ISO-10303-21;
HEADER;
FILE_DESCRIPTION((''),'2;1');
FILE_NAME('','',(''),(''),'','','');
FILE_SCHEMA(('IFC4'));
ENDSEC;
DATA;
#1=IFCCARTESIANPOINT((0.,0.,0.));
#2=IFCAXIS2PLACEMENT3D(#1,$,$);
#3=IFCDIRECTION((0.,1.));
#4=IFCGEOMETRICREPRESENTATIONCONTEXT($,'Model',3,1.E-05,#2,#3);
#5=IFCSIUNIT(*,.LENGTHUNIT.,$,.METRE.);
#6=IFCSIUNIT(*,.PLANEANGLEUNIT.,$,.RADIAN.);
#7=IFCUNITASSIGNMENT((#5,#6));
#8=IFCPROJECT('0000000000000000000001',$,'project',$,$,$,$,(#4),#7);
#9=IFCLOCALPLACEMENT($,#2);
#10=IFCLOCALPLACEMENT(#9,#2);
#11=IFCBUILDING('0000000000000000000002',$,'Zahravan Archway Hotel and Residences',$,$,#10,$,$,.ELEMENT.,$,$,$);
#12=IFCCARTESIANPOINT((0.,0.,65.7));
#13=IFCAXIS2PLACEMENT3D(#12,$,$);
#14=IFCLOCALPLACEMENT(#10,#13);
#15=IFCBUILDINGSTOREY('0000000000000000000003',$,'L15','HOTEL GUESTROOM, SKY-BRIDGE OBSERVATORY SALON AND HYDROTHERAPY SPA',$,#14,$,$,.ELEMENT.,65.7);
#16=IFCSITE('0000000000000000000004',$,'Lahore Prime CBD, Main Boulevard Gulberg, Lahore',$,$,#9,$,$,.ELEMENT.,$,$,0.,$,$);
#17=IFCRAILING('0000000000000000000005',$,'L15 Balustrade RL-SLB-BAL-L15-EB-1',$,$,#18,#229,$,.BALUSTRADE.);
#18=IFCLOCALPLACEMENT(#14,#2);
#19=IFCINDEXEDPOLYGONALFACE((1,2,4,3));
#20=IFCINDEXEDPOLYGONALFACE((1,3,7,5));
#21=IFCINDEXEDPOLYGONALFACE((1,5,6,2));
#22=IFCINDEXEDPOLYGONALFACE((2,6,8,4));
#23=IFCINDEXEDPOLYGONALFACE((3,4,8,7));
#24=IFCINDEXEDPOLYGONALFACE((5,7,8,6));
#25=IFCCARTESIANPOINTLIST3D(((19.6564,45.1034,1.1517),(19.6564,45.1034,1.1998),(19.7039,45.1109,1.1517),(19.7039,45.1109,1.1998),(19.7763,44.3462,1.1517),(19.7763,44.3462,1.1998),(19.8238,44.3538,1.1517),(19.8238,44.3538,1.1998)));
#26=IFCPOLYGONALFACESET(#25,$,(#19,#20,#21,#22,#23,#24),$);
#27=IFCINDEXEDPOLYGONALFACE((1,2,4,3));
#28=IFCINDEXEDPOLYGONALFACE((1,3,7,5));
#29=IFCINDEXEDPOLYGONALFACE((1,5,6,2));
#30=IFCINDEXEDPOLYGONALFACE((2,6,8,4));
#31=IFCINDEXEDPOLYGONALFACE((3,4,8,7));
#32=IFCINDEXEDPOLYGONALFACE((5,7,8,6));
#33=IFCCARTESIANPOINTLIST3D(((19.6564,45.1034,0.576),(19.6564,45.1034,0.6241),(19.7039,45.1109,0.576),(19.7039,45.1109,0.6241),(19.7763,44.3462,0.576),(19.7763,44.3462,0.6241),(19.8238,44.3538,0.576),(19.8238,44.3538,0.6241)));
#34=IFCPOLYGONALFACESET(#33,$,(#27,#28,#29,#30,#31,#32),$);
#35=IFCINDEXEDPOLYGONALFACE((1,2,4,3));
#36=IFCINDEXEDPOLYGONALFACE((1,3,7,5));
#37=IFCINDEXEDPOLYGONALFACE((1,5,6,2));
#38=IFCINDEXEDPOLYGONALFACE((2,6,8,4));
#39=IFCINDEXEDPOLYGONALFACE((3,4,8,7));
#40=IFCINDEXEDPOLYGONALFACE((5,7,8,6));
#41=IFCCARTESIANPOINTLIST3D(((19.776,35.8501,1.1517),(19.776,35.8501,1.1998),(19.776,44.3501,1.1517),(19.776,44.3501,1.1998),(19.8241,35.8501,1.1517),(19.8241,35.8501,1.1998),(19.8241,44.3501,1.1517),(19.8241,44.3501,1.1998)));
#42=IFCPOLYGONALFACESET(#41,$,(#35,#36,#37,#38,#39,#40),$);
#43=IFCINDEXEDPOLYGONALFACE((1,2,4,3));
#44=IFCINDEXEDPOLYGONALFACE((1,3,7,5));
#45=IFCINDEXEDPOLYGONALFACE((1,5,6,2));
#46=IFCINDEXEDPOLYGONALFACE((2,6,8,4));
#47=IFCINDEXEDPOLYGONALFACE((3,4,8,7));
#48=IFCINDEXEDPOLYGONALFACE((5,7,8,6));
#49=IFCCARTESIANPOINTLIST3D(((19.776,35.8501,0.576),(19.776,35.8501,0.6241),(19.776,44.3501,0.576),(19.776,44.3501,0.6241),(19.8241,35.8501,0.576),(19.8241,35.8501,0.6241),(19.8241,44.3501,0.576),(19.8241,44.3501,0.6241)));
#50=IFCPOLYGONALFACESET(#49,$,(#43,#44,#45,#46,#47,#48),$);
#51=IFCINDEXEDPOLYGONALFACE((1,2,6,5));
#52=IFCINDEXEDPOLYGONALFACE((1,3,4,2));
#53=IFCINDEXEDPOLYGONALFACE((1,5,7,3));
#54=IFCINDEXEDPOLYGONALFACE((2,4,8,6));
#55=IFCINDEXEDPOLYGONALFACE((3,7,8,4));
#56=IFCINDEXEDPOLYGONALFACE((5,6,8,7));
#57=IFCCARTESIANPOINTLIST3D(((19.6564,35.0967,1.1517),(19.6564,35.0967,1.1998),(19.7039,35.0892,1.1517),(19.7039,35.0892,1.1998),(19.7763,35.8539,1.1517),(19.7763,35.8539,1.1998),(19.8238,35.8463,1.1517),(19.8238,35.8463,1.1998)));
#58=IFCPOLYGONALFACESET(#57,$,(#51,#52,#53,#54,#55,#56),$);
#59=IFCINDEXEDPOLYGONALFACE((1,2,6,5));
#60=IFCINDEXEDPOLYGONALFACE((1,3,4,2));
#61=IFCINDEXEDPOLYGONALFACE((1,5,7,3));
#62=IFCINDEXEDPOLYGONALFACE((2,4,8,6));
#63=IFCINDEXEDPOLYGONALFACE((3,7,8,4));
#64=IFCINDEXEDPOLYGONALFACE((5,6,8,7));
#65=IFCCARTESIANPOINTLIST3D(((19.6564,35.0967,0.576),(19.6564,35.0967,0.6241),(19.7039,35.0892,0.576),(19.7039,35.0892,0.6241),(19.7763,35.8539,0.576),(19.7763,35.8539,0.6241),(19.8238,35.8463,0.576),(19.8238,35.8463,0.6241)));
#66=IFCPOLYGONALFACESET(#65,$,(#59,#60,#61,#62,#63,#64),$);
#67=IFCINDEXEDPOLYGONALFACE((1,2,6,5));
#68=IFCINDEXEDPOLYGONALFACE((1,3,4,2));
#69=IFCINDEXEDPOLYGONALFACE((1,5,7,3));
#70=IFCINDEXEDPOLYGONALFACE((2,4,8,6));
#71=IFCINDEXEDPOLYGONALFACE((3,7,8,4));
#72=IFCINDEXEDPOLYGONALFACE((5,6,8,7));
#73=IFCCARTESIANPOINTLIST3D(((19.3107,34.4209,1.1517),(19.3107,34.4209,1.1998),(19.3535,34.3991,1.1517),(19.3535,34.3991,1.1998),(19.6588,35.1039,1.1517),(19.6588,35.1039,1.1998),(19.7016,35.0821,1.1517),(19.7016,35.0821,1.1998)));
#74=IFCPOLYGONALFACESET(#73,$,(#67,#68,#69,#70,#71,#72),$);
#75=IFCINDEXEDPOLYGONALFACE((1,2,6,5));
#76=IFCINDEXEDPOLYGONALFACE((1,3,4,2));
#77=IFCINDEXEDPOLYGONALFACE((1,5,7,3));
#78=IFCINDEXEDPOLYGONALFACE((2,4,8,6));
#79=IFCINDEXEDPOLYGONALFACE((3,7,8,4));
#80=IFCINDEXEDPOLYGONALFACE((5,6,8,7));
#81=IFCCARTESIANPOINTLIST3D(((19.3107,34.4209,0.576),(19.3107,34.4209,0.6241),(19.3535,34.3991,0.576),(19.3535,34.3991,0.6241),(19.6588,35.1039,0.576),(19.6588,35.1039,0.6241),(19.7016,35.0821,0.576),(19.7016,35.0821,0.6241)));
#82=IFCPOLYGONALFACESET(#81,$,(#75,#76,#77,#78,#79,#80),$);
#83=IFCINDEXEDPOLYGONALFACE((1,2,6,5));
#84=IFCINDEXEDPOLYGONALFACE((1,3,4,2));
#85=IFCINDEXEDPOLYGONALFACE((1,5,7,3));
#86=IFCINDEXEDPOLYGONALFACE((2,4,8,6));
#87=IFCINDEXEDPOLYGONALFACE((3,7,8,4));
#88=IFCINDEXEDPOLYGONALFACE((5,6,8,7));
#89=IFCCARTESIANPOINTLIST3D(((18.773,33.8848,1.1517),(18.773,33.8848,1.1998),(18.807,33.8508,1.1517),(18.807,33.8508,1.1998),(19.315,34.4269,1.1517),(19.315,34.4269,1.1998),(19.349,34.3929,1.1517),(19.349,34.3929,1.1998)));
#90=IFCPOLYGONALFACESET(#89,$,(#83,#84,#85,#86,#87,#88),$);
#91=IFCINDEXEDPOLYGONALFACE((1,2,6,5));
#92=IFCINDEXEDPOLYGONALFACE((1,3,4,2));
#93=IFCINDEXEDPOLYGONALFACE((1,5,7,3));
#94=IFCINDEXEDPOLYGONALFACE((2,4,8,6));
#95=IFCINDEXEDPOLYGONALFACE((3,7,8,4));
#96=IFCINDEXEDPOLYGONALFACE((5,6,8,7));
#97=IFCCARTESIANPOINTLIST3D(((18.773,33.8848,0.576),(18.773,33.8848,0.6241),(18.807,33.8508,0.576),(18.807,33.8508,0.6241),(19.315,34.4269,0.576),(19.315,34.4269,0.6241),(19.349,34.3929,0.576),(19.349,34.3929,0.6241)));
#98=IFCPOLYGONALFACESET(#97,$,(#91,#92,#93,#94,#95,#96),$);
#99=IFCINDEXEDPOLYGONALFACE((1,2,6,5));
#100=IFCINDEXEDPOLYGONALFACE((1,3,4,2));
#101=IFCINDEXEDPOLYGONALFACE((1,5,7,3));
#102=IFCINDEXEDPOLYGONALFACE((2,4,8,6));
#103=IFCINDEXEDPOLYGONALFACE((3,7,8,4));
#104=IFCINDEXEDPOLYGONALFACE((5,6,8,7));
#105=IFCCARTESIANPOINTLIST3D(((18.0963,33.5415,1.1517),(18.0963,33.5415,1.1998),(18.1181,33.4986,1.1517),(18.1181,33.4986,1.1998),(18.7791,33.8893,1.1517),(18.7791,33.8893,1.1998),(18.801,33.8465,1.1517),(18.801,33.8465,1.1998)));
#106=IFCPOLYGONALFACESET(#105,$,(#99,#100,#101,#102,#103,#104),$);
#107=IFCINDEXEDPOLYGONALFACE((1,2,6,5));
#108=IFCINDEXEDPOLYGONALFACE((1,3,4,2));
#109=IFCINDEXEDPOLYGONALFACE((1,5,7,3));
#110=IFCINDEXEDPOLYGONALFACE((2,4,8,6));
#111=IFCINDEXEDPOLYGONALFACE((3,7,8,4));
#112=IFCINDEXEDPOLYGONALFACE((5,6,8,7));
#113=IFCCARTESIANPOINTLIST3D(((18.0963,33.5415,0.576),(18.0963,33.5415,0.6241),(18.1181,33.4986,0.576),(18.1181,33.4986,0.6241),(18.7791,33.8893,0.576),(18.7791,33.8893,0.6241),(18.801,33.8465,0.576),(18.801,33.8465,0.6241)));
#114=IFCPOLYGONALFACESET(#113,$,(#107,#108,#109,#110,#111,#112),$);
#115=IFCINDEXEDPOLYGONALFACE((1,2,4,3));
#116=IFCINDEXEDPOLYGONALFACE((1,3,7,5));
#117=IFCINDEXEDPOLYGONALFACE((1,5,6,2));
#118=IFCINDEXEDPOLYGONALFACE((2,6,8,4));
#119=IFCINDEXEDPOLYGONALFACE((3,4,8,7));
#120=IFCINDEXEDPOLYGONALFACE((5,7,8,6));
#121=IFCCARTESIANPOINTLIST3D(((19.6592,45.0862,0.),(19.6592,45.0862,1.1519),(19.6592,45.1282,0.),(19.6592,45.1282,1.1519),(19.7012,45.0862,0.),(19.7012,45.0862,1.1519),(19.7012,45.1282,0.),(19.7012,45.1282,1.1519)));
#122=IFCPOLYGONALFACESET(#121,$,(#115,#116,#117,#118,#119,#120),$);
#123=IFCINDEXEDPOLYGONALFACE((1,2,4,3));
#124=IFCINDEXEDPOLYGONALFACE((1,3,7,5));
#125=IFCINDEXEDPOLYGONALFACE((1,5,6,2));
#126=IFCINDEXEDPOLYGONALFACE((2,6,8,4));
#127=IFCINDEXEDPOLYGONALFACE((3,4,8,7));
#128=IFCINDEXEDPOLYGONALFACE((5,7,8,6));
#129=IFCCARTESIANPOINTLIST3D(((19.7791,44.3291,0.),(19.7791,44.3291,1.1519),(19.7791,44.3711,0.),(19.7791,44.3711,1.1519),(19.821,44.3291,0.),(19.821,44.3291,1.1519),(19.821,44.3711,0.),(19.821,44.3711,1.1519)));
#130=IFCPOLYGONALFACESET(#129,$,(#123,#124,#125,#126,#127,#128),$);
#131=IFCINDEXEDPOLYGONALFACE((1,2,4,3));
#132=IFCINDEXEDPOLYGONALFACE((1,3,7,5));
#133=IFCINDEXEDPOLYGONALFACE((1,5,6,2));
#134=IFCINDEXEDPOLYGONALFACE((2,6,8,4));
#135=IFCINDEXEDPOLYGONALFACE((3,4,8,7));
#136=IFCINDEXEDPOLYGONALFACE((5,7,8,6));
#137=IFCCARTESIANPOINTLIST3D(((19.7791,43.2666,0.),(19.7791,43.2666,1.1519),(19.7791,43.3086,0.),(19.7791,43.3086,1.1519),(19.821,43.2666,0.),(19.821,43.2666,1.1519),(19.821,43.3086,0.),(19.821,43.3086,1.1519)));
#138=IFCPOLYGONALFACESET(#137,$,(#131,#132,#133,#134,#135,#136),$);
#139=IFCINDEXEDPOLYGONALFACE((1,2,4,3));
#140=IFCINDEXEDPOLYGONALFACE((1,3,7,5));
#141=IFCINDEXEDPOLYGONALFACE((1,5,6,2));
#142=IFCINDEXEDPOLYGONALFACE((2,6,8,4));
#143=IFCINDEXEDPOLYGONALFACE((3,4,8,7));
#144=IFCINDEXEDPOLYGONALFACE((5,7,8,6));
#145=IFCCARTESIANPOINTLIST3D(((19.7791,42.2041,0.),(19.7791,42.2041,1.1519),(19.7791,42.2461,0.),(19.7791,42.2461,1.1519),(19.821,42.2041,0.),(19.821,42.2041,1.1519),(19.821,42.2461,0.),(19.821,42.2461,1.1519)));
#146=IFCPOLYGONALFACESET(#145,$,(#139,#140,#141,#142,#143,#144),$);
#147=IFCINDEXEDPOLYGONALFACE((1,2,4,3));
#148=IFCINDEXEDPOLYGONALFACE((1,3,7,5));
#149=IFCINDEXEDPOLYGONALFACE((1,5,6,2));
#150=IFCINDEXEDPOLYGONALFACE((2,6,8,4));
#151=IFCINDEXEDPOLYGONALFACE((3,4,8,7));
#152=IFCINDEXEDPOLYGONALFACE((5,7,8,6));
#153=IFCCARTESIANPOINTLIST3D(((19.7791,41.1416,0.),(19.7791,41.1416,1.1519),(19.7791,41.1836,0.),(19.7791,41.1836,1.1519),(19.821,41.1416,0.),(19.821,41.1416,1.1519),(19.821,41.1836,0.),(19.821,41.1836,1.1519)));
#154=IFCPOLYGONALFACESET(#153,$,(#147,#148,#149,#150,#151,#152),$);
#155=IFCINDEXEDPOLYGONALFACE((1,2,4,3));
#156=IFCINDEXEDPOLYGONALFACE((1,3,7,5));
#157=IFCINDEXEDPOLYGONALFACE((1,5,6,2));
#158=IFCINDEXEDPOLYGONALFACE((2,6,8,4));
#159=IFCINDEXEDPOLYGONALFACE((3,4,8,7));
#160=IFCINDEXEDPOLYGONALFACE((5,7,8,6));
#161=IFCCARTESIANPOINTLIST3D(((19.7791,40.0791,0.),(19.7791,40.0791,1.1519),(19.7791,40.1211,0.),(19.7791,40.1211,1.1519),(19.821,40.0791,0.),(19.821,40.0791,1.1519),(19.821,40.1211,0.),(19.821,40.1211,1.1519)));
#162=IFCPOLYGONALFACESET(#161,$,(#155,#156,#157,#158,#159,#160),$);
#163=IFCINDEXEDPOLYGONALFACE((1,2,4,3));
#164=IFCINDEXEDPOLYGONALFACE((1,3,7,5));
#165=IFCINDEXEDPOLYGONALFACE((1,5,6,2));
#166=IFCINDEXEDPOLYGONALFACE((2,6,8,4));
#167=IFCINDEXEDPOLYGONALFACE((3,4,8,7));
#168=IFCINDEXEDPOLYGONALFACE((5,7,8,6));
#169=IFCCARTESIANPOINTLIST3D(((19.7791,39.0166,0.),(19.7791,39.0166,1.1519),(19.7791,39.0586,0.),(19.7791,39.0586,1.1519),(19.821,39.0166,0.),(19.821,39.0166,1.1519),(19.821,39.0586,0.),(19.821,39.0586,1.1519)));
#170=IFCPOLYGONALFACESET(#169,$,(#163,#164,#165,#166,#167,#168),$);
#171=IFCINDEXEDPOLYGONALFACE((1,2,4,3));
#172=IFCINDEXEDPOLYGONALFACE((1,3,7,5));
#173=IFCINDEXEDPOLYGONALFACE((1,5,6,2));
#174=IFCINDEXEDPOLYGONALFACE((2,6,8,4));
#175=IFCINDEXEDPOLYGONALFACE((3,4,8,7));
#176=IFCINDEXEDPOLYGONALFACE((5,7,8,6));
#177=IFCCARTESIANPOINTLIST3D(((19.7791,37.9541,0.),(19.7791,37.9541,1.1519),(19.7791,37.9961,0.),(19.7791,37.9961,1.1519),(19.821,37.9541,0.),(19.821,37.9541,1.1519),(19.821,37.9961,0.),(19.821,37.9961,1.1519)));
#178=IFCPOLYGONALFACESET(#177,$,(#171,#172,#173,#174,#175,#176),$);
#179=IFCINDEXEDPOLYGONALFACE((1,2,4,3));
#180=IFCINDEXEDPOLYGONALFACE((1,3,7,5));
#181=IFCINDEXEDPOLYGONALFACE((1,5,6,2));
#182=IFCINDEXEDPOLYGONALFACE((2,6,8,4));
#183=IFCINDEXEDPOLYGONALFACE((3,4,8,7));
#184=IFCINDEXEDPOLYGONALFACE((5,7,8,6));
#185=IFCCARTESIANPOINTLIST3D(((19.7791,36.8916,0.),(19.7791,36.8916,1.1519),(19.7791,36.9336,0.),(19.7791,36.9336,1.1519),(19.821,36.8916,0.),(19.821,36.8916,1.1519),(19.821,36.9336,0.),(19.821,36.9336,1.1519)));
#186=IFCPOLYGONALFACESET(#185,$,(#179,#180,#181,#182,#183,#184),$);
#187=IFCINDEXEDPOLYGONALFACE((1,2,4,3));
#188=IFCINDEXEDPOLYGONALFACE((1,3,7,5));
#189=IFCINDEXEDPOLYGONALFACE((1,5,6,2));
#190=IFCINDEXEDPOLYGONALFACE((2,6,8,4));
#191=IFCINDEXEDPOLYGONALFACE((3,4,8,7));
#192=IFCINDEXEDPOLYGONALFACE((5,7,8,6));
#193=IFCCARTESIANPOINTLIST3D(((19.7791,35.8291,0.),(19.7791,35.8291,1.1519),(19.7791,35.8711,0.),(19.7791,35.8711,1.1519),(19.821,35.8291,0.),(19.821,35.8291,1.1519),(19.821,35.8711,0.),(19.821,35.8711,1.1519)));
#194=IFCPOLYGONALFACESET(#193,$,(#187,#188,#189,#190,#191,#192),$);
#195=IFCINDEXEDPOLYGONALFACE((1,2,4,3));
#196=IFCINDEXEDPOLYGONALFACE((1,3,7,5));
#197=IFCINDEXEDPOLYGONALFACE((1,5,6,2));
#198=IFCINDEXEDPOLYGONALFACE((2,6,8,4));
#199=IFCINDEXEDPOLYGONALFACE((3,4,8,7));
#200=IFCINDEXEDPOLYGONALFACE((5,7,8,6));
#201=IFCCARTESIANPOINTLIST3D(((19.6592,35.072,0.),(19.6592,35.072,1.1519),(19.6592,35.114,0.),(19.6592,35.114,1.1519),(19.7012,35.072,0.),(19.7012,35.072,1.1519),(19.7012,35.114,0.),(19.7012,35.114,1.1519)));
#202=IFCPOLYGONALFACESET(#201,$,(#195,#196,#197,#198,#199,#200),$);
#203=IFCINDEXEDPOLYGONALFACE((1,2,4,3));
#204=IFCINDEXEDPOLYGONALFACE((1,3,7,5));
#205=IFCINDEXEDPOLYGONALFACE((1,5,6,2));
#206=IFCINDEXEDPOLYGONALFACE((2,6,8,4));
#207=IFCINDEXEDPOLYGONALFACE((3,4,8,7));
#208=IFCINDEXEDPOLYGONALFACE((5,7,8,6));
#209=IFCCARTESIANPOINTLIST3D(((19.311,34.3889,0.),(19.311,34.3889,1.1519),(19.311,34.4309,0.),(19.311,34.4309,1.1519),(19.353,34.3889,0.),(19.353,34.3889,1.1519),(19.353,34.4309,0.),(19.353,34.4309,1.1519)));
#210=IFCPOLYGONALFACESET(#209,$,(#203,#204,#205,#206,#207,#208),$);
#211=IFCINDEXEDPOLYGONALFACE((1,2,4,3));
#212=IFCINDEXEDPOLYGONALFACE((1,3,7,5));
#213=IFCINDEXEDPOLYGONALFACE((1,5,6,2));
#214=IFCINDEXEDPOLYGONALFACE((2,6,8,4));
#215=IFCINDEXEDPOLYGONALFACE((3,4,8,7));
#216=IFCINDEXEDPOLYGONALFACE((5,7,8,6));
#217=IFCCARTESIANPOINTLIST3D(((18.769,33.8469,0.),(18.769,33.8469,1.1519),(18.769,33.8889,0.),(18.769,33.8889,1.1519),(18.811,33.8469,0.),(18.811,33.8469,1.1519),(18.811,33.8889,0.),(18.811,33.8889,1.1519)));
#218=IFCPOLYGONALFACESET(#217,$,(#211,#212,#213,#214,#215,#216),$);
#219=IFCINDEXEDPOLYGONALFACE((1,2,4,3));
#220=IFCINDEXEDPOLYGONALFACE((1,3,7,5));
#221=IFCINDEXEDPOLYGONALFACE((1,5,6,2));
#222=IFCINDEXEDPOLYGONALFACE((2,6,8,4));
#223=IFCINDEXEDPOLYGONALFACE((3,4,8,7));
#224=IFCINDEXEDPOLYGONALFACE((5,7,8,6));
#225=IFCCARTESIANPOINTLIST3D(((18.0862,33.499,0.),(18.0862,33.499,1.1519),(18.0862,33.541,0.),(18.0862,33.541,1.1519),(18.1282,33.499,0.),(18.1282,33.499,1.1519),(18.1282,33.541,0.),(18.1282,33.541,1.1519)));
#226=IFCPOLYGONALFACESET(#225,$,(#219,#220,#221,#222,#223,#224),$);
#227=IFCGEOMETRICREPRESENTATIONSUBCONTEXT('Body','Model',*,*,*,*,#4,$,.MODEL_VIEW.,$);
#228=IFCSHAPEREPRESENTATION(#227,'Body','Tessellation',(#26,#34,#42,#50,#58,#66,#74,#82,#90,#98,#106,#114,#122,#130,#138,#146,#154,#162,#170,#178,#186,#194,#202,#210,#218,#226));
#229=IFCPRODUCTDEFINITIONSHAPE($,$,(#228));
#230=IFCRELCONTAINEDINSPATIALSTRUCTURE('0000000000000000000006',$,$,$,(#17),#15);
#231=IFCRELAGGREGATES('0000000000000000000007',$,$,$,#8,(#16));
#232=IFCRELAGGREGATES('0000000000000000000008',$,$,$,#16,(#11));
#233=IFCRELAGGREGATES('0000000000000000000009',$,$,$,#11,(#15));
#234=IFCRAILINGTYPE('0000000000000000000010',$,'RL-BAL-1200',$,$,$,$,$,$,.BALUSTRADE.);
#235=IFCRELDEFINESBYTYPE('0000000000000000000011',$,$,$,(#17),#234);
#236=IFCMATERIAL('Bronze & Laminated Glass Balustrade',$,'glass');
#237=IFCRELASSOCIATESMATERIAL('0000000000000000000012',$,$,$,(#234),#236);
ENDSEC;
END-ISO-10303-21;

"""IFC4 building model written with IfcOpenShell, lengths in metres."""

from ifc_helpers import new_model, si_unit, direction, frame, origin, origin_2d, place, context, subcontext, project, spatial, rectangle, extrude, material, type_object, element, save


model = new_model("IFC4")

# Units and contexts
model_context = context("Model", 3, precision=1e-05, world=origin(), true_north=direction((0.0, 1.0)))
body_context = subcontext(model_context, "Body", "Model", "MODEL_VIEW")
ifc_project = project(units=[si_unit("LENGTHUNIT", "METRE"), si_unit("PLANEANGLEUNIT", "RADIAN")], contexts=[model_context])

# Site, building, storey
site_placement = place(None, origin())
site = spatial("IfcSite", under=ifc_project, at=site_placement, Name="Lahore Prime CBD, Main Boulevard Gulberg, Lahore", CompositionType="ELEMENT", RefElevation=0.0)
building_placement = place(site_placement, origin())
building = spatial("IfcBuilding", under=site, at=building_placement, Name="Zahravan Archway Hotel and Residences", CompositionType="ELEMENT")
storey_placement = place(building_placement, frame((0.0, 0.0, 65.7)))
storey = spatial("IfcBuildingStorey", under=building, at=storey_placement, Name="L15", Description="HOTEL GUESTROOM, SKY-BRIDGE OBSERVATORY SALON AND HYDROTHERAPY SPA", CompositionType="ELEMENT", Elevation=65.7)

# Railing
ifc_material_1 = material(Name="Bronze & Laminated Glass Balustrade", Category="glass")
railing_type = type_object("IfcRailingType", Name="RL-BAL-1200", PredefinedType="BALUSTRADE", material=ifc_material_1)
railing_placement = place(storey_placement, frame((19.6802, 45.1072, 0.0)))
element("IfcRailing", 1, at=railing_placement, inside=storey, type_object=railing_type, Name="L15 Balustrade RL-SLB-BAL-L15-EB-1", PredefinedType="BALUSTRADE", context=body_context, shape_type="SweptSolid", body=[
    extrude(rectangle(XDim=0.0481, YDim=0.0481, at=origin_2d()), frame((0.0, 0.0, 1.1758), z_axis=(0.156388, -0.987696, 0.0), x_axis=(0.987696, 0.156388, 0.0)), (0.0, 0.0, 1.0), 0.7666),
    extrude(rectangle(XDim=0.0481, YDim=0.0481, at=origin_2d()), frame((0.0, 0.0, 0.6001), z_axis=(0.156388, -0.987696, 0.0), x_axis=(0.987696, 0.156388, 0.0)), (0.0, 0.0, 1.0), 0.7666),
    extrude(rectangle(XDim=0.0481, YDim=0.0481, at=origin_2d()), frame((0.1199, -0.7571, 1.1758), z_axis=(0.0, -1.0, 0.0), x_axis=(1.0, 0.0, 0.0)), (0.0, 0.0, 1.0), 8.5),
    extrude(rectangle(XDim=0.0481, YDim=0.0481, at=origin_2d()), frame((0.1199, -0.7571, 0.6001), z_axis=(0.0, -1.0, 0.0), x_axis=(1.0, 0.0, 0.0)), (0.0, 0.0, 1.0), 8.5),
    extrude(rectangle(XDim=0.0481, YDim=0.0481, at=origin_2d()), frame((0.1199, -9.2571, 1.1758), z_axis=(-0.156388, -0.987696, 0.0), x_axis=(0.987696, -0.156388, 0.0)), (0.0, 0.0, 1.0), 0.7666),
    extrude(rectangle(XDim=0.0481, YDim=0.0481, at=origin_2d()), frame((0.1199, -9.2571, 0.6001), z_axis=(-0.156388, -0.987696, 0.0), x_axis=(0.987696, -0.156388, 0.0)), (0.0, 0.0, 1.0), 0.7666),
    extrude(rectangle(XDim=0.0481, YDim=0.0481, at=origin_2d()), frame((0.0, -10.0142, 1.1758), z_axis=(-0.454078, -0.890962, 0.0), x_axis=(0.890962, -0.454078, 0.0)), (0.0, 0.0, 1.0), 0.7666),
    extrude(rectangle(XDim=0.0481, YDim=0.0481, at=origin_2d()), frame((0.0, -10.0142, 0.6001), z_axis=(-0.454078, -0.890962, 0.0), x_axis=(0.890962, -0.454078, 0.0)), (0.0, 0.0, 1.0), 0.7666),
    extrude(rectangle(XDim=0.0481, YDim=0.0481, at=origin_2d()), frame((-0.3481, -10.6973, 1.1758), z_axis=(-0.707107, -0.707107, 0.0), x_axis=(0.707107, -0.707107, 0.0)), (0.0, 0.0, 1.0), 0.7666),
    extrude(rectangle(XDim=0.0481, YDim=0.0481, at=origin_2d()), frame((-0.3481, -10.6973, 0.6001), z_axis=(-0.707107, -0.707107, 0.0), x_axis=(0.707107, -0.707107, 0.0)), (0.0, 0.0, 1.0), 0.7666),
    extrude(rectangle(XDim=0.0481, YDim=0.0481, at=origin_2d()), frame((-0.8901, -11.2393, 1.1758), z_axis=(-0.891025, -0.453954, 0.0), x_axis=(0.453954, -0.891025, 0.0)), (0.0, 0.0, 1.0), 0.7664),
    extrude(rectangle(XDim=0.0481, YDim=0.0481, at=origin_2d()), frame((-0.8901, -11.2393, 0.6001), z_axis=(-0.891025, -0.453954, 0.0), x_axis=(0.453954, -0.891025, 0.0)), (0.0, 0.0, 1.0), 0.7664),
    extrude(rectangle(XDim=0.042, YDim=0.042, at=origin_2d()), origin(), (0.0, 0.0, 1.0), 1.1519),
    extrude(rectangle(XDim=0.042, YDim=0.042, at=origin_2d()), frame((0.1199, -0.7571, 0.0)), (0.0, 0.0, 1.0), 1.1519),
    extrude(rectangle(XDim=0.042, YDim=0.042, at=origin_2d()), frame((0.1199, -1.8196, 0.0)), (0.0, 0.0, 1.0), 1.1519),
    extrude(rectangle(XDim=0.042, YDim=0.042, at=origin_2d()), frame((0.1199, -2.8821, 0.0)), (0.0, 0.0, 1.0), 1.1519),
    extrude(rectangle(XDim=0.042, YDim=0.042, at=origin_2d()), frame((0.1199, -3.9446, 0.0)), (0.0, 0.0, 1.0), 1.1519),
    extrude(rectangle(XDim=0.042, YDim=0.042, at=origin_2d()), frame((0.1199, -5.0071, 0.0)), (0.0, 0.0, 1.0), 1.1519),
    extrude(rectangle(XDim=0.042, YDim=0.042, at=origin_2d()), frame((0.1199, -6.0696, 0.0)), (0.0, 0.0, 1.0), 1.1519),
    extrude(rectangle(XDim=0.042, YDim=0.042, at=origin_2d()), frame((0.1199, -7.1321, 0.0)), (0.0, 0.0, 1.0), 1.1519),
    extrude(rectangle(XDim=0.042, YDim=0.042, at=origin_2d()), frame((0.1199, -8.1946, 0.0)), (0.0, 0.0, 1.0), 1.1519),
    extrude(rectangle(XDim=0.042, YDim=0.042, at=origin_2d()), frame((0.1199, -9.2571, 0.0)), (0.0, 0.0, 1.0), 1.1519),
    extrude(rectangle(XDim=0.042, YDim=0.042, at=origin_2d()), frame((0.0, -10.0142, 0.0)), (0.0, 0.0, 1.0), 1.1519),
    extrude(rectangle(XDim=0.042, YDim=0.042, at=origin_2d()), frame((-0.3481, -10.6973, 0.0)), (0.0, 0.0, 1.0), 1.1519),
    extrude(rectangle(XDim=0.042, YDim=0.042, at=origin_2d()), frame((-0.8901, -11.2393, 0.0)), (0.0, 0.0, 1.0), 1.1519),
    extrude(rectangle(XDim=0.042, YDim=0.042, at=origin_2d()), frame((-1.573, -11.5872, 0.0)), (0.0, 0.0, 1.0), 1.1519),
])

save(model, "model.ifc")
